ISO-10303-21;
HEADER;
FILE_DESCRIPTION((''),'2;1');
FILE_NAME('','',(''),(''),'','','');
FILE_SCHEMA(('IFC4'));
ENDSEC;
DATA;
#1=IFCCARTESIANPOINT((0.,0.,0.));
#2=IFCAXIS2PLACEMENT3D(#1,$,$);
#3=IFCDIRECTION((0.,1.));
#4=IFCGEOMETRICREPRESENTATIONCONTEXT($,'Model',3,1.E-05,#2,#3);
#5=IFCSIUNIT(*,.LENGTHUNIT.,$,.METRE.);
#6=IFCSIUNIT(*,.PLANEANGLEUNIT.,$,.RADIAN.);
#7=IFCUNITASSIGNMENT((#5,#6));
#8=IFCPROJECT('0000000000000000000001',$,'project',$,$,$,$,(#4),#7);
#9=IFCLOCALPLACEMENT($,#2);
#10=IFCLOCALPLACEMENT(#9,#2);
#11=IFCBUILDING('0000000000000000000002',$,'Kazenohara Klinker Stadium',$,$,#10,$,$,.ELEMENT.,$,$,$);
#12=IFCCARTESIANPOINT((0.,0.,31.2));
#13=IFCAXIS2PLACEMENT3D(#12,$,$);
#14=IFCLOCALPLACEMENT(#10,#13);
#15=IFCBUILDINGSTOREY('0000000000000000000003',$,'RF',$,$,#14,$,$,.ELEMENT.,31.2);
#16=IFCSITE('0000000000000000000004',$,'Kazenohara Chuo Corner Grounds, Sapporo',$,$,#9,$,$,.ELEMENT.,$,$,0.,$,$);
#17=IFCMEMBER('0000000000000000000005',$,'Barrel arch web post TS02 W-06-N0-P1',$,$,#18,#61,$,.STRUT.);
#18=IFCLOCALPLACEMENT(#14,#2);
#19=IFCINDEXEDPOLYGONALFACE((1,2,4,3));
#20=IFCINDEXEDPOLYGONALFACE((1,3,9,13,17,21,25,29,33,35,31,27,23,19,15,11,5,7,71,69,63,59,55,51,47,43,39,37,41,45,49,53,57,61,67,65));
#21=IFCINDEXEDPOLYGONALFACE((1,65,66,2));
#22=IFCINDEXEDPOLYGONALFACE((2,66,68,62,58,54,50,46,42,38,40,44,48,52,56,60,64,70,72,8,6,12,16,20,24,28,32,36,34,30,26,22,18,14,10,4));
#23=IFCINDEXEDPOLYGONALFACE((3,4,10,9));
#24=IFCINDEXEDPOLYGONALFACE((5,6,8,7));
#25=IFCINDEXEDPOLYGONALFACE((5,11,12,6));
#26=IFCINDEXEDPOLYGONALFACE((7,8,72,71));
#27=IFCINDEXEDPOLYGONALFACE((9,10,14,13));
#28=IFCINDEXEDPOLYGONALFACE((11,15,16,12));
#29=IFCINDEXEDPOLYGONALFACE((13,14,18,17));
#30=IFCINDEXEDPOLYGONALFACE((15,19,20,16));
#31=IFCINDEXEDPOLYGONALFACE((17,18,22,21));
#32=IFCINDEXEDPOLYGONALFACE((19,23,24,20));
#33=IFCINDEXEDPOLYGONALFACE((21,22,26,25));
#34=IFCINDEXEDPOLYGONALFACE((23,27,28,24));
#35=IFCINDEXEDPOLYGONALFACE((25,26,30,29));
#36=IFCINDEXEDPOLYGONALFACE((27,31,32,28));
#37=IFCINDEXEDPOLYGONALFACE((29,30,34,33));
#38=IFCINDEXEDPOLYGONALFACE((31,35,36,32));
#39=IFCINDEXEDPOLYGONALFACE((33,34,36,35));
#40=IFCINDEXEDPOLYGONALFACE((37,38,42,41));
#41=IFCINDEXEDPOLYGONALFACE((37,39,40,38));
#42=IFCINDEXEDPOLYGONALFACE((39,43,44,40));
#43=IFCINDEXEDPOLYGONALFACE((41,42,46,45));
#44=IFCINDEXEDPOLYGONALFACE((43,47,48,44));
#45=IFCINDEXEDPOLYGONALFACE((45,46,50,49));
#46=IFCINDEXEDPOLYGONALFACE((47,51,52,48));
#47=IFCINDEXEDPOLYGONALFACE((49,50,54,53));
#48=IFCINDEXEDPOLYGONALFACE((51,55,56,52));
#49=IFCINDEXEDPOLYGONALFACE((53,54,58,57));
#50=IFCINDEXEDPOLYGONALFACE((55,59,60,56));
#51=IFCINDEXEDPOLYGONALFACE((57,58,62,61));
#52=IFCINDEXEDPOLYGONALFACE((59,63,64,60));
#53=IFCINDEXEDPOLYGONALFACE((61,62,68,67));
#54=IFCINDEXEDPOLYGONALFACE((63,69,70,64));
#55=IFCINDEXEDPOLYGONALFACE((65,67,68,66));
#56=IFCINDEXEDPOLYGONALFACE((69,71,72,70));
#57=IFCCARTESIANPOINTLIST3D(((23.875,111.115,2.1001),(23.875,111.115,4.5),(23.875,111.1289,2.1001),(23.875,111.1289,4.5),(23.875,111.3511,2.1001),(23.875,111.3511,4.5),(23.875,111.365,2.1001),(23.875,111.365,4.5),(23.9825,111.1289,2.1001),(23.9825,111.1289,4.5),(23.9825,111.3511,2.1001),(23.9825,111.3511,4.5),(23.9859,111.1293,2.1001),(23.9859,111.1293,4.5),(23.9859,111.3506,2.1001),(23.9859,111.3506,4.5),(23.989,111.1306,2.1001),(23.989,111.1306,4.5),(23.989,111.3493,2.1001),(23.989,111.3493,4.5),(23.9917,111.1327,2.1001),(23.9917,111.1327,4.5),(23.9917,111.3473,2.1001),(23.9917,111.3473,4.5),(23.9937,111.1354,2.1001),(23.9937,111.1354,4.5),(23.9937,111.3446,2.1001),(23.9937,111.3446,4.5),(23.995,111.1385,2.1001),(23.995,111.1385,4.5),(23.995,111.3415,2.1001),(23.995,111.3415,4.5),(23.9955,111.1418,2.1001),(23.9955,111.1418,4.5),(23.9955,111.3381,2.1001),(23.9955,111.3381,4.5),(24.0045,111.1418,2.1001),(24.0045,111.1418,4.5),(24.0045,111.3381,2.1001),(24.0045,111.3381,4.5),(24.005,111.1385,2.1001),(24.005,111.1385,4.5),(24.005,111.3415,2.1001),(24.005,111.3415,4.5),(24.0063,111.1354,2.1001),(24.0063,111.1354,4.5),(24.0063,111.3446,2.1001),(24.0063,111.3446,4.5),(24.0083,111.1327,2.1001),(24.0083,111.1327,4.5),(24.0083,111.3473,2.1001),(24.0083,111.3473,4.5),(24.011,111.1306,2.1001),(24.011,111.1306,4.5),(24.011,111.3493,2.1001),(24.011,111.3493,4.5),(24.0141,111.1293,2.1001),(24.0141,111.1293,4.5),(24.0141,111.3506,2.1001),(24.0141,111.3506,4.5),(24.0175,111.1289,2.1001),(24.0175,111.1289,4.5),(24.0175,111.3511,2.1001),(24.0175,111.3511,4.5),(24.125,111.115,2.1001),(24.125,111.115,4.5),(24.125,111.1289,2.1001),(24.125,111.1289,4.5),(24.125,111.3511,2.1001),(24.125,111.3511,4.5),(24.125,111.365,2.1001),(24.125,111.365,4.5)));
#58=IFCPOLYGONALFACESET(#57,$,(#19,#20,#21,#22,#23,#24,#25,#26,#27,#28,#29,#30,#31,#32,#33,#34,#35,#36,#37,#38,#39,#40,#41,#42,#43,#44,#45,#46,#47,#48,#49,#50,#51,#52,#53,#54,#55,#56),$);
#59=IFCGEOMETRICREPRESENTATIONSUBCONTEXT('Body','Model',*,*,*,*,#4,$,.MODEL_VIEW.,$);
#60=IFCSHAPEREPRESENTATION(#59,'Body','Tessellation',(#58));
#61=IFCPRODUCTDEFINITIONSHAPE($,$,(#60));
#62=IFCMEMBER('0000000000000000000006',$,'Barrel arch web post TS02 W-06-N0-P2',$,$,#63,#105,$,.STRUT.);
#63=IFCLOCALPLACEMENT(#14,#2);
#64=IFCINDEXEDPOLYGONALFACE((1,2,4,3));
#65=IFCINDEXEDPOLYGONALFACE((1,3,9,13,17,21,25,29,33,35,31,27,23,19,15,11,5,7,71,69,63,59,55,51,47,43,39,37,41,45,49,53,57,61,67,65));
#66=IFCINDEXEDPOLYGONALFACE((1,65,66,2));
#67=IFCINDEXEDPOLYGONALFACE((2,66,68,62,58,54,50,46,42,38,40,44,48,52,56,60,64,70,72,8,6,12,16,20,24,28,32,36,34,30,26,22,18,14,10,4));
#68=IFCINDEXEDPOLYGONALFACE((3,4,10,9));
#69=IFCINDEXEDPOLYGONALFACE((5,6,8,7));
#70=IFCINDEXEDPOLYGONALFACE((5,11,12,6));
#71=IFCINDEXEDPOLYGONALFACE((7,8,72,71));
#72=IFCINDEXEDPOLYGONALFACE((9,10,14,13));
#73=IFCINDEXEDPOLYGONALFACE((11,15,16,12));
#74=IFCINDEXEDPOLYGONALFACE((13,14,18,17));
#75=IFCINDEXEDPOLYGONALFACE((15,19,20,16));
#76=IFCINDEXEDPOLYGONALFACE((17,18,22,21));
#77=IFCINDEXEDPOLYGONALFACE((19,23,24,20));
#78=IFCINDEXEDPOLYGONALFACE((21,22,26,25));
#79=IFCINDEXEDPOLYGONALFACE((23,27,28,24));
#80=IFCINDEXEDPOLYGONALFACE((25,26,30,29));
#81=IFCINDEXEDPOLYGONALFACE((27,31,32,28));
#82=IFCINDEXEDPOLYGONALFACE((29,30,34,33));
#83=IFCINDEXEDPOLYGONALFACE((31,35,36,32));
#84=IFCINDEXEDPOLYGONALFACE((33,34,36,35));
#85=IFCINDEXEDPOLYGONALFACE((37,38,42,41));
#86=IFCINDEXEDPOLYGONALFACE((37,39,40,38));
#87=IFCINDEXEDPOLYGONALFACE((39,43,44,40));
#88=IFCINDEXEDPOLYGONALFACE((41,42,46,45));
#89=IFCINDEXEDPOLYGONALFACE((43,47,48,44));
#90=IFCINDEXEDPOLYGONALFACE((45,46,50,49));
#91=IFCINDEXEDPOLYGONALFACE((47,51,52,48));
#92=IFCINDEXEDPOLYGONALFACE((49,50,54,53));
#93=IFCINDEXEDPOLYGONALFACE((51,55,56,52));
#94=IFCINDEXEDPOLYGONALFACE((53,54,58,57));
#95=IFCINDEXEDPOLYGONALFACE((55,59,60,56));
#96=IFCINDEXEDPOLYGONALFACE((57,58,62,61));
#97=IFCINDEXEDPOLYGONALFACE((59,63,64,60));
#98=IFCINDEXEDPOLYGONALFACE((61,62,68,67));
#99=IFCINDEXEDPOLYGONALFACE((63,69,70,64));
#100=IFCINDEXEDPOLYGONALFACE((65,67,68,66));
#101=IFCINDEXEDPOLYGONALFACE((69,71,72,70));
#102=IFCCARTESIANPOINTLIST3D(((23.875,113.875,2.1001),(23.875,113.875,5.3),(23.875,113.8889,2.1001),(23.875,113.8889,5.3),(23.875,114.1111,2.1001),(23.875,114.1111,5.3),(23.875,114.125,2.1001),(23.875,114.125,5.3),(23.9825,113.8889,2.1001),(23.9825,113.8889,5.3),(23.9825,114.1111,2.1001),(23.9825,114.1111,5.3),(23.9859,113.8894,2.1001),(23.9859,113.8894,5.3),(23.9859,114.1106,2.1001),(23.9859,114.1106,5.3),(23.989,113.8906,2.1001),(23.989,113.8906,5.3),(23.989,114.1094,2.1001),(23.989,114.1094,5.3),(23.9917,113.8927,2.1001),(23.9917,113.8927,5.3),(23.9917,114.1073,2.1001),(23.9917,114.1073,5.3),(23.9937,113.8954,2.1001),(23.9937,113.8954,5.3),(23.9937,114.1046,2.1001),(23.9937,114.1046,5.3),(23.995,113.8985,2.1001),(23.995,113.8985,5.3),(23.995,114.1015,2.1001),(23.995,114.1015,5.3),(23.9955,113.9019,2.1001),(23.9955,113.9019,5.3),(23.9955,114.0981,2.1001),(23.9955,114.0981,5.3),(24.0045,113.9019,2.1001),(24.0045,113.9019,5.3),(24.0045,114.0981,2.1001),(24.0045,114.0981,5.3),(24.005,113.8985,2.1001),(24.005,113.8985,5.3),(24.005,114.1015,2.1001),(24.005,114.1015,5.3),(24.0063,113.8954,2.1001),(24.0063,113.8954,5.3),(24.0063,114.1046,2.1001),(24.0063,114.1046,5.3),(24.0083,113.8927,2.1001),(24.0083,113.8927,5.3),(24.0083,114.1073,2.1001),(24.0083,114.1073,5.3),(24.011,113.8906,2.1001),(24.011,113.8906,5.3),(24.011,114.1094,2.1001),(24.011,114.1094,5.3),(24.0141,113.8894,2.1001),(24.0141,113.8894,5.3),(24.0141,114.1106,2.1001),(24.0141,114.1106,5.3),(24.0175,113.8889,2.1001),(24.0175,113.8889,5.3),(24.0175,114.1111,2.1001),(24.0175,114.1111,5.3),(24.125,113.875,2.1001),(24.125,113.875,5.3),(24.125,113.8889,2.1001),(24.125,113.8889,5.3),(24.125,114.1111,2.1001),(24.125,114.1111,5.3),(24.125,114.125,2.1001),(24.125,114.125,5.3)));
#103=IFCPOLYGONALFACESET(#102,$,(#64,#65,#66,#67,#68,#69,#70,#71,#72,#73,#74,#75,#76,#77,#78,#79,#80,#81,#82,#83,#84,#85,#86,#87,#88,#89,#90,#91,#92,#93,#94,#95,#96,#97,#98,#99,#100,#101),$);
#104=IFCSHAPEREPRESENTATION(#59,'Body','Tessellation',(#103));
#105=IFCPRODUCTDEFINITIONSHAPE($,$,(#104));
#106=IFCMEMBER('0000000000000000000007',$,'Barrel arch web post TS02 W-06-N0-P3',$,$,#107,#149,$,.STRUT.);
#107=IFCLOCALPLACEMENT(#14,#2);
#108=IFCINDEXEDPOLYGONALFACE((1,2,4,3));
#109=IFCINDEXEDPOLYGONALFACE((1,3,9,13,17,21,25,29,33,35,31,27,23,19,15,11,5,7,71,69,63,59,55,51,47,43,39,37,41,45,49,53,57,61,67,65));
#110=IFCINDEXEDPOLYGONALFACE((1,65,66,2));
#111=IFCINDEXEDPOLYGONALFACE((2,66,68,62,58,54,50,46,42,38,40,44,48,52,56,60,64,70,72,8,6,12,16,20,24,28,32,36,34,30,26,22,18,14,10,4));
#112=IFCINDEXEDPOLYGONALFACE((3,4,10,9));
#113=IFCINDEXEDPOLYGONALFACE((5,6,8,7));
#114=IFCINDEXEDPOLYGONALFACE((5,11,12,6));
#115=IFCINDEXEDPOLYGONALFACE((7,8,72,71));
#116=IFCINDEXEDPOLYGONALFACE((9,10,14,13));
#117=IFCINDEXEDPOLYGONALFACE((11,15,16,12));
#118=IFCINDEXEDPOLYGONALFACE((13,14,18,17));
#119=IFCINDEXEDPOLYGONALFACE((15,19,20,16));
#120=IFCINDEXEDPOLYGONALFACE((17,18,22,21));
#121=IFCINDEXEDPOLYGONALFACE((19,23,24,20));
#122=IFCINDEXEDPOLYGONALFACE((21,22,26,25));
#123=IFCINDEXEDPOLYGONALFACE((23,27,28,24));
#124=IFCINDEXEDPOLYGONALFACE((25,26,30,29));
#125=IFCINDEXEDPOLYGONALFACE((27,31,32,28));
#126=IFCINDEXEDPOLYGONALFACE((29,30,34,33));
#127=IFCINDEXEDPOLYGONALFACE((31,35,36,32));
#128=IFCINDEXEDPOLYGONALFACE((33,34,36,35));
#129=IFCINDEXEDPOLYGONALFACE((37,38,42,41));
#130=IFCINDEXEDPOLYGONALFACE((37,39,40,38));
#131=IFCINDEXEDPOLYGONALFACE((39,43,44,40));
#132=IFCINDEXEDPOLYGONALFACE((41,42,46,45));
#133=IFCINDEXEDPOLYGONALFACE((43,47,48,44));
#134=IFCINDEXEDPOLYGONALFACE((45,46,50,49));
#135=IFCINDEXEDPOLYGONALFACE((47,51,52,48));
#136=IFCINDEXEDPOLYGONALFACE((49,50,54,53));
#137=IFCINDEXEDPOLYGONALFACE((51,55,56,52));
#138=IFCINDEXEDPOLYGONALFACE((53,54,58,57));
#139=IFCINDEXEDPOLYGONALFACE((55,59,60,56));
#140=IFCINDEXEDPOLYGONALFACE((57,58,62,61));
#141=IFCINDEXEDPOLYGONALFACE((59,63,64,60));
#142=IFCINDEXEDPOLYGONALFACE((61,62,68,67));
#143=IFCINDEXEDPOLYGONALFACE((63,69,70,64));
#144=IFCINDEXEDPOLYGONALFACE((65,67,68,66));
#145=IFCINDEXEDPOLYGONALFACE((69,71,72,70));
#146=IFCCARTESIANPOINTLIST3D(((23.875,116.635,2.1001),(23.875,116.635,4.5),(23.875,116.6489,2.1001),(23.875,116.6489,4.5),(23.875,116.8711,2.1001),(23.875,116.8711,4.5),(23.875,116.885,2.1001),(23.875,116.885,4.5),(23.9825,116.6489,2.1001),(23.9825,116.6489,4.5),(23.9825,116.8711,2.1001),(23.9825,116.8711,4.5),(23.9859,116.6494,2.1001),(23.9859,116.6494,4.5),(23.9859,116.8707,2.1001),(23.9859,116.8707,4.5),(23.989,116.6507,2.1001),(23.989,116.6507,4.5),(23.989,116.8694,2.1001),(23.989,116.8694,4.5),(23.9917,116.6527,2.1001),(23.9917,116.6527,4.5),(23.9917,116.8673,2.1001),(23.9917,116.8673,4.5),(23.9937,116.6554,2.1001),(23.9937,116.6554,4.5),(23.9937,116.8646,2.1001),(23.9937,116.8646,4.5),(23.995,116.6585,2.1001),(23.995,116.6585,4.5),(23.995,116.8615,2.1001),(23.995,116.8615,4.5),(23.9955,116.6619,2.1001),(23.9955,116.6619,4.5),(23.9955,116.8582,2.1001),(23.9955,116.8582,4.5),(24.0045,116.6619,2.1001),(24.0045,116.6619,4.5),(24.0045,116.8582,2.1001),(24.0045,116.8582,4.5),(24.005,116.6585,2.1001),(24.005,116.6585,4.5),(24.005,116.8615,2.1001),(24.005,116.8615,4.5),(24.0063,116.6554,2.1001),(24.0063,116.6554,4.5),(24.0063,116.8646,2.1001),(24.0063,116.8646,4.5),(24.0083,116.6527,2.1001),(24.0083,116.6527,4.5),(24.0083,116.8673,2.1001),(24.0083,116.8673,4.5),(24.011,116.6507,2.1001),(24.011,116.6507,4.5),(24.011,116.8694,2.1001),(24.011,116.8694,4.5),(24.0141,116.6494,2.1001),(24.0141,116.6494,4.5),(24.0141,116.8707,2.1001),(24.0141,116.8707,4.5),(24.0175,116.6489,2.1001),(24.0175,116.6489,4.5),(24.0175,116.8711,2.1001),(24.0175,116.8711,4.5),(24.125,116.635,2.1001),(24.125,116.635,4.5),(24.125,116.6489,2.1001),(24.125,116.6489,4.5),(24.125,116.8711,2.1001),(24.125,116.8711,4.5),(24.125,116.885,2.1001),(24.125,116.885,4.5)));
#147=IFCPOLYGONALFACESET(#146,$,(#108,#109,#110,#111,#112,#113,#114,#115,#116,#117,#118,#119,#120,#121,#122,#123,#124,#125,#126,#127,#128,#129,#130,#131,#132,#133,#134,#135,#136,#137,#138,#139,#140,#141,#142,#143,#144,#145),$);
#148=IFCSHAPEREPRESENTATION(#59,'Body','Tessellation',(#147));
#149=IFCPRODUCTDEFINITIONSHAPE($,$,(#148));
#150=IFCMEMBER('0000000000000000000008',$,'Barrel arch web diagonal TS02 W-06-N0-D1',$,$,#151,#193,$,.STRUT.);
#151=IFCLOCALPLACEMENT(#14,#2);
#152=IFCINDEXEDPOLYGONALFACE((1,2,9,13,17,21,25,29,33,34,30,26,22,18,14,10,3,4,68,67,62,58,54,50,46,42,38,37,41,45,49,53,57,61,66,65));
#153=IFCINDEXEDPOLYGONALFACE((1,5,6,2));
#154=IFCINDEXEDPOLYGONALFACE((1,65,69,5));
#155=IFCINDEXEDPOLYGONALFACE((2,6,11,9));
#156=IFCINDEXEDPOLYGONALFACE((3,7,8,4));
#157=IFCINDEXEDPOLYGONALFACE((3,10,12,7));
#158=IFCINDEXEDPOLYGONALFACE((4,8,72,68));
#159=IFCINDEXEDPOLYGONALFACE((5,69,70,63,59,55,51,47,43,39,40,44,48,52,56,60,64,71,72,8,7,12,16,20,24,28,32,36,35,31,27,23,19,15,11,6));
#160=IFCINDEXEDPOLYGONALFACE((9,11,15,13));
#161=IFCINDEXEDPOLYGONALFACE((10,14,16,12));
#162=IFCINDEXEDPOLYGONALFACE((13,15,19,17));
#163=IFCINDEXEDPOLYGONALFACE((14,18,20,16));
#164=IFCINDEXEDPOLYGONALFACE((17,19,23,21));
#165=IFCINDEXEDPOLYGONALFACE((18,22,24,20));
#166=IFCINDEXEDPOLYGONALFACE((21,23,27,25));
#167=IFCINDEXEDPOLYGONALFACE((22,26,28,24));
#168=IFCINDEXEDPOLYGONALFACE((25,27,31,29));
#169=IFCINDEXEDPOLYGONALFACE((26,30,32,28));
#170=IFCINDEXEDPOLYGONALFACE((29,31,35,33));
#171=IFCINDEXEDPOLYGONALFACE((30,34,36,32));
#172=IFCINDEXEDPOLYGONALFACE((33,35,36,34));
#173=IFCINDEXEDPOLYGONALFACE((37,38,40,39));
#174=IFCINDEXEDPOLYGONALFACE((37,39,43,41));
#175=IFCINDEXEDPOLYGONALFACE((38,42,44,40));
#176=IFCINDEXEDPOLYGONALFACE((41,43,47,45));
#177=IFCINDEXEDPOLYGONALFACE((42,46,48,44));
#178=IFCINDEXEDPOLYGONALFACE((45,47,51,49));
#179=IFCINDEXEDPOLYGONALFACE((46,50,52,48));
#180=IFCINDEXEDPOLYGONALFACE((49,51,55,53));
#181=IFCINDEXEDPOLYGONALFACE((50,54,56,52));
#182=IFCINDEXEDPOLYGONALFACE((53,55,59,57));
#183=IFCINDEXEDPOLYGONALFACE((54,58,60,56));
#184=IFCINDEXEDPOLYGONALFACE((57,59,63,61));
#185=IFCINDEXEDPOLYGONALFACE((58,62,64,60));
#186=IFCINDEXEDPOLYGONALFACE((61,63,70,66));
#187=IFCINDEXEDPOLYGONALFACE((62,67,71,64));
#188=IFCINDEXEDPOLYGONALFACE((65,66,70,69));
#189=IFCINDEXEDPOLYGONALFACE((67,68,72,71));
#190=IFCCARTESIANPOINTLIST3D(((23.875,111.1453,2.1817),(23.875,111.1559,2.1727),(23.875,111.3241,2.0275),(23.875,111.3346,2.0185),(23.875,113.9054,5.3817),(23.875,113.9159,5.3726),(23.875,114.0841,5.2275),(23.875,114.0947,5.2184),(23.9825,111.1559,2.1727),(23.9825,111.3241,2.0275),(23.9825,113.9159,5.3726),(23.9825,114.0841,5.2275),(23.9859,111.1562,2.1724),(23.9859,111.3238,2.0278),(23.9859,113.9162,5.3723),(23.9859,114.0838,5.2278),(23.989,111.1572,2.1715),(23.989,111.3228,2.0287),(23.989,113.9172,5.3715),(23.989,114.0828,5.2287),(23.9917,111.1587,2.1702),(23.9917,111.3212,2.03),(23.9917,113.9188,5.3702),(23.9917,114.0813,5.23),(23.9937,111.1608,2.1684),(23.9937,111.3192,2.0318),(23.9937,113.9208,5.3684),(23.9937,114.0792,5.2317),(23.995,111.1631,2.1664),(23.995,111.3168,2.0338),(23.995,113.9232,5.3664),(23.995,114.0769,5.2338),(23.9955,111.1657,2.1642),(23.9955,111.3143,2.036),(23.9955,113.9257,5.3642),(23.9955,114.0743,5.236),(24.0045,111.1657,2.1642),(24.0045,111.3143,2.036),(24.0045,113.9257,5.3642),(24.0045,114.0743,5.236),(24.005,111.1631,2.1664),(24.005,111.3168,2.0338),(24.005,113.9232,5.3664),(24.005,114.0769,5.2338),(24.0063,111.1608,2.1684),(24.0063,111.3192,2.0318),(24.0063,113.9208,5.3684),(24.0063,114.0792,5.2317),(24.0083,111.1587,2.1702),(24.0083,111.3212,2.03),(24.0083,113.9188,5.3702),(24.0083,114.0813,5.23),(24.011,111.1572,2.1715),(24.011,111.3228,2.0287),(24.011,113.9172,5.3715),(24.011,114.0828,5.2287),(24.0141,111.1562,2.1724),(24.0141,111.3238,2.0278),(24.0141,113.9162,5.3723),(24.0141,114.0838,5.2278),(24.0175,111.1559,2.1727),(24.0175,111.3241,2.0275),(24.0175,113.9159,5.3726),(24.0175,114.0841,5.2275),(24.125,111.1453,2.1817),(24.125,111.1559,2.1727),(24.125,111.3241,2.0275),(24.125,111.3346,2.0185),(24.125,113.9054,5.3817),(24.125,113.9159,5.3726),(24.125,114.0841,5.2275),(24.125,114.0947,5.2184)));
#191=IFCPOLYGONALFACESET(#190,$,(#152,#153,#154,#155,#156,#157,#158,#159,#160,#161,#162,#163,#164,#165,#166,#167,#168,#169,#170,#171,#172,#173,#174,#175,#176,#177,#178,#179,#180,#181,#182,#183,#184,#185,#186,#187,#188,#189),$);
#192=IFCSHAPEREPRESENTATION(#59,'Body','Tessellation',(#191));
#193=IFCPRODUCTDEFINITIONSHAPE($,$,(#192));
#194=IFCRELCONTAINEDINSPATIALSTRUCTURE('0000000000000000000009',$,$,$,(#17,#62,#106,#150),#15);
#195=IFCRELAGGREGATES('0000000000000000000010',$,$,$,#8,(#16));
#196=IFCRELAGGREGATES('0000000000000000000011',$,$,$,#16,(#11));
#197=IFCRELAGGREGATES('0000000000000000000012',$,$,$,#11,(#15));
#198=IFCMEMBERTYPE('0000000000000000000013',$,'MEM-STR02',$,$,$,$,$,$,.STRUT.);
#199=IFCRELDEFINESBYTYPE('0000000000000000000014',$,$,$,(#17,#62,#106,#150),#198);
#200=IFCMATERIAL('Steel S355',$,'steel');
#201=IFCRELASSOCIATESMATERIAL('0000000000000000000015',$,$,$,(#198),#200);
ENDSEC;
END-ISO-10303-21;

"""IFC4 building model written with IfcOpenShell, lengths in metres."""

from ifc_helpers import new_model, si_unit, direction, frame, origin, origin_2d, place, context, subcontext, project, spatial, i_section, extrude, material, material_profile, profile_set, type_object, element, save


model = new_model("IFC4")

# Units and contexts
model_context = context("Model", 3, precision=1e-05, world=origin(), true_north=direction((0.0, 1.0)))
body_context = subcontext(model_context, "Body", "Model", "MODEL_VIEW")
ifc_project = project(units=[si_unit("LENGTHUNIT", "METRE"), si_unit("PLANEANGLEUNIT", "RADIAN")], contexts=[model_context])

# Site, building, storey
site_placement = place(None, origin())
site = spatial("IfcSite", under=ifc_project, at=site_placement, Name="Kazenohara Chuo Corner Grounds, Sapporo", CompositionType="ELEMENT", RefElevation=0.0)
building_placement = place(site_placement, origin())
building = spatial("IfcBuilding", under=site, at=building_placement, Name="Kazenohara Klinker Stadium", CompositionType="ELEMENT")
storey_placement = place(building_placement, frame((0.0, 0.0, 31.2)))
storey = spatial("IfcBuildingStorey", under=building, at=storey_placement, Name="RF", CompositionType="ELEMENT", Elevation=31.2)

# Members
ifc_material_1 = material(Name="Steel S355", Category="steel")
ifc_material_profile_1 = material_profile(ifc_material_1, i_section(OverallWidth=0.25, OverallDepth=0.25, WebThickness=0.009, FlangeThickness=0.0139, FilletRadius=0.0129, at=origin_2d()), Name="H-250x250x9x14")
ifc_profile_set_1 = profile_set([ifc_material_profile_1], Name="Steel S355")
member_type_1 = type_object("IfcMemberType", Name="MEM-STR02", PredefinedType="STRUT", material=ifc_profile_set_1)
member_1_placement = place(storey_placement, frame((24.0, 111.24, 2.1001), z_axis=(0.0, 0.0, 1.0), x_axis=(1.0, 0.0, 0.0)))
element("IfcMember", 1, at=member_1_placement, inside=storey, type_object=member_type_1, Name="Barrel arch web post TS02 W-06-N0-P1", PredefinedType="STRUT", context=body_context, shape_type="SweptSolid", body=[
    extrude(i_section(OverallWidth=0.25, OverallDepth=0.25, WebThickness=0.009, FlangeThickness=0.0139, FilletRadius=0.0129, at=origin_2d()), origin(), (0.0, 0.0, 1.0), 2.3999),
])
member_2_placement = place(storey_placement, frame((24.0, 114.0, 2.1001), z_axis=(0.0, 0.0, 1.0), x_axis=(1.0, 0.0, 0.0)))
element("IfcMember", 2, at=member_2_placement, inside=storey, type_object=member_type_1, Name="Barrel arch web post TS02 W-06-N0-P2", PredefinedType="STRUT", context=body_context, shape_type="SweptSolid", body=[
    extrude(i_section(OverallWidth=0.25, OverallDepth=0.25, WebThickness=0.009, FlangeThickness=0.0139, FilletRadius=0.0129, at=origin_2d()), origin(), (0.0, 0.0, 1.0), 3.2),
])
member_3_placement = place(storey_placement, frame((24.0, 116.76, 2.1001), z_axis=(0.0, 0.0, 1.0), x_axis=(1.0, 0.0, 0.0)))
element("IfcMember", 3, at=member_3_placement, inside=storey, type_object=member_type_1, Name="Barrel arch web post TS02 W-06-N0-P3", PredefinedType="STRUT", context=body_context, shape_type="SweptSolid", body=[
    extrude(i_section(OverallWidth=0.25, OverallDepth=0.25, WebThickness=0.009, FlangeThickness=0.0139, FilletRadius=0.0129, at=origin_2d()), origin(), (0.0, 0.0, 1.0), 2.3999),
])
for number, where, z_axis, x_axis, name in (
    (4, (24.0, 111.24, 2.1001), (0.0, 0.653134, 0.757242), (-1.0, 0.0, 0.0), "Barrel arch web diagonal TS02 W-06-N0-D1"),
):
    element("IfcMember", number, at=place(storey_placement, frame(where, z_axis=z_axis, x_axis=x_axis)), inside=storey, type_object=member_type_1, Name=name, PredefinedType="STRUT", context=body_context, shape_type="SweptSolid", body=[
        extrude(i_section(OverallWidth=0.25, OverallDepth=0.25, WebThickness=0.009, FlangeThickness=0.0139, FilletRadius=0.0129, at=origin_2d()), origin(), (0.0, 0.0, 1.0), 4.2258),
    ])

save(model, "model.ifc")
